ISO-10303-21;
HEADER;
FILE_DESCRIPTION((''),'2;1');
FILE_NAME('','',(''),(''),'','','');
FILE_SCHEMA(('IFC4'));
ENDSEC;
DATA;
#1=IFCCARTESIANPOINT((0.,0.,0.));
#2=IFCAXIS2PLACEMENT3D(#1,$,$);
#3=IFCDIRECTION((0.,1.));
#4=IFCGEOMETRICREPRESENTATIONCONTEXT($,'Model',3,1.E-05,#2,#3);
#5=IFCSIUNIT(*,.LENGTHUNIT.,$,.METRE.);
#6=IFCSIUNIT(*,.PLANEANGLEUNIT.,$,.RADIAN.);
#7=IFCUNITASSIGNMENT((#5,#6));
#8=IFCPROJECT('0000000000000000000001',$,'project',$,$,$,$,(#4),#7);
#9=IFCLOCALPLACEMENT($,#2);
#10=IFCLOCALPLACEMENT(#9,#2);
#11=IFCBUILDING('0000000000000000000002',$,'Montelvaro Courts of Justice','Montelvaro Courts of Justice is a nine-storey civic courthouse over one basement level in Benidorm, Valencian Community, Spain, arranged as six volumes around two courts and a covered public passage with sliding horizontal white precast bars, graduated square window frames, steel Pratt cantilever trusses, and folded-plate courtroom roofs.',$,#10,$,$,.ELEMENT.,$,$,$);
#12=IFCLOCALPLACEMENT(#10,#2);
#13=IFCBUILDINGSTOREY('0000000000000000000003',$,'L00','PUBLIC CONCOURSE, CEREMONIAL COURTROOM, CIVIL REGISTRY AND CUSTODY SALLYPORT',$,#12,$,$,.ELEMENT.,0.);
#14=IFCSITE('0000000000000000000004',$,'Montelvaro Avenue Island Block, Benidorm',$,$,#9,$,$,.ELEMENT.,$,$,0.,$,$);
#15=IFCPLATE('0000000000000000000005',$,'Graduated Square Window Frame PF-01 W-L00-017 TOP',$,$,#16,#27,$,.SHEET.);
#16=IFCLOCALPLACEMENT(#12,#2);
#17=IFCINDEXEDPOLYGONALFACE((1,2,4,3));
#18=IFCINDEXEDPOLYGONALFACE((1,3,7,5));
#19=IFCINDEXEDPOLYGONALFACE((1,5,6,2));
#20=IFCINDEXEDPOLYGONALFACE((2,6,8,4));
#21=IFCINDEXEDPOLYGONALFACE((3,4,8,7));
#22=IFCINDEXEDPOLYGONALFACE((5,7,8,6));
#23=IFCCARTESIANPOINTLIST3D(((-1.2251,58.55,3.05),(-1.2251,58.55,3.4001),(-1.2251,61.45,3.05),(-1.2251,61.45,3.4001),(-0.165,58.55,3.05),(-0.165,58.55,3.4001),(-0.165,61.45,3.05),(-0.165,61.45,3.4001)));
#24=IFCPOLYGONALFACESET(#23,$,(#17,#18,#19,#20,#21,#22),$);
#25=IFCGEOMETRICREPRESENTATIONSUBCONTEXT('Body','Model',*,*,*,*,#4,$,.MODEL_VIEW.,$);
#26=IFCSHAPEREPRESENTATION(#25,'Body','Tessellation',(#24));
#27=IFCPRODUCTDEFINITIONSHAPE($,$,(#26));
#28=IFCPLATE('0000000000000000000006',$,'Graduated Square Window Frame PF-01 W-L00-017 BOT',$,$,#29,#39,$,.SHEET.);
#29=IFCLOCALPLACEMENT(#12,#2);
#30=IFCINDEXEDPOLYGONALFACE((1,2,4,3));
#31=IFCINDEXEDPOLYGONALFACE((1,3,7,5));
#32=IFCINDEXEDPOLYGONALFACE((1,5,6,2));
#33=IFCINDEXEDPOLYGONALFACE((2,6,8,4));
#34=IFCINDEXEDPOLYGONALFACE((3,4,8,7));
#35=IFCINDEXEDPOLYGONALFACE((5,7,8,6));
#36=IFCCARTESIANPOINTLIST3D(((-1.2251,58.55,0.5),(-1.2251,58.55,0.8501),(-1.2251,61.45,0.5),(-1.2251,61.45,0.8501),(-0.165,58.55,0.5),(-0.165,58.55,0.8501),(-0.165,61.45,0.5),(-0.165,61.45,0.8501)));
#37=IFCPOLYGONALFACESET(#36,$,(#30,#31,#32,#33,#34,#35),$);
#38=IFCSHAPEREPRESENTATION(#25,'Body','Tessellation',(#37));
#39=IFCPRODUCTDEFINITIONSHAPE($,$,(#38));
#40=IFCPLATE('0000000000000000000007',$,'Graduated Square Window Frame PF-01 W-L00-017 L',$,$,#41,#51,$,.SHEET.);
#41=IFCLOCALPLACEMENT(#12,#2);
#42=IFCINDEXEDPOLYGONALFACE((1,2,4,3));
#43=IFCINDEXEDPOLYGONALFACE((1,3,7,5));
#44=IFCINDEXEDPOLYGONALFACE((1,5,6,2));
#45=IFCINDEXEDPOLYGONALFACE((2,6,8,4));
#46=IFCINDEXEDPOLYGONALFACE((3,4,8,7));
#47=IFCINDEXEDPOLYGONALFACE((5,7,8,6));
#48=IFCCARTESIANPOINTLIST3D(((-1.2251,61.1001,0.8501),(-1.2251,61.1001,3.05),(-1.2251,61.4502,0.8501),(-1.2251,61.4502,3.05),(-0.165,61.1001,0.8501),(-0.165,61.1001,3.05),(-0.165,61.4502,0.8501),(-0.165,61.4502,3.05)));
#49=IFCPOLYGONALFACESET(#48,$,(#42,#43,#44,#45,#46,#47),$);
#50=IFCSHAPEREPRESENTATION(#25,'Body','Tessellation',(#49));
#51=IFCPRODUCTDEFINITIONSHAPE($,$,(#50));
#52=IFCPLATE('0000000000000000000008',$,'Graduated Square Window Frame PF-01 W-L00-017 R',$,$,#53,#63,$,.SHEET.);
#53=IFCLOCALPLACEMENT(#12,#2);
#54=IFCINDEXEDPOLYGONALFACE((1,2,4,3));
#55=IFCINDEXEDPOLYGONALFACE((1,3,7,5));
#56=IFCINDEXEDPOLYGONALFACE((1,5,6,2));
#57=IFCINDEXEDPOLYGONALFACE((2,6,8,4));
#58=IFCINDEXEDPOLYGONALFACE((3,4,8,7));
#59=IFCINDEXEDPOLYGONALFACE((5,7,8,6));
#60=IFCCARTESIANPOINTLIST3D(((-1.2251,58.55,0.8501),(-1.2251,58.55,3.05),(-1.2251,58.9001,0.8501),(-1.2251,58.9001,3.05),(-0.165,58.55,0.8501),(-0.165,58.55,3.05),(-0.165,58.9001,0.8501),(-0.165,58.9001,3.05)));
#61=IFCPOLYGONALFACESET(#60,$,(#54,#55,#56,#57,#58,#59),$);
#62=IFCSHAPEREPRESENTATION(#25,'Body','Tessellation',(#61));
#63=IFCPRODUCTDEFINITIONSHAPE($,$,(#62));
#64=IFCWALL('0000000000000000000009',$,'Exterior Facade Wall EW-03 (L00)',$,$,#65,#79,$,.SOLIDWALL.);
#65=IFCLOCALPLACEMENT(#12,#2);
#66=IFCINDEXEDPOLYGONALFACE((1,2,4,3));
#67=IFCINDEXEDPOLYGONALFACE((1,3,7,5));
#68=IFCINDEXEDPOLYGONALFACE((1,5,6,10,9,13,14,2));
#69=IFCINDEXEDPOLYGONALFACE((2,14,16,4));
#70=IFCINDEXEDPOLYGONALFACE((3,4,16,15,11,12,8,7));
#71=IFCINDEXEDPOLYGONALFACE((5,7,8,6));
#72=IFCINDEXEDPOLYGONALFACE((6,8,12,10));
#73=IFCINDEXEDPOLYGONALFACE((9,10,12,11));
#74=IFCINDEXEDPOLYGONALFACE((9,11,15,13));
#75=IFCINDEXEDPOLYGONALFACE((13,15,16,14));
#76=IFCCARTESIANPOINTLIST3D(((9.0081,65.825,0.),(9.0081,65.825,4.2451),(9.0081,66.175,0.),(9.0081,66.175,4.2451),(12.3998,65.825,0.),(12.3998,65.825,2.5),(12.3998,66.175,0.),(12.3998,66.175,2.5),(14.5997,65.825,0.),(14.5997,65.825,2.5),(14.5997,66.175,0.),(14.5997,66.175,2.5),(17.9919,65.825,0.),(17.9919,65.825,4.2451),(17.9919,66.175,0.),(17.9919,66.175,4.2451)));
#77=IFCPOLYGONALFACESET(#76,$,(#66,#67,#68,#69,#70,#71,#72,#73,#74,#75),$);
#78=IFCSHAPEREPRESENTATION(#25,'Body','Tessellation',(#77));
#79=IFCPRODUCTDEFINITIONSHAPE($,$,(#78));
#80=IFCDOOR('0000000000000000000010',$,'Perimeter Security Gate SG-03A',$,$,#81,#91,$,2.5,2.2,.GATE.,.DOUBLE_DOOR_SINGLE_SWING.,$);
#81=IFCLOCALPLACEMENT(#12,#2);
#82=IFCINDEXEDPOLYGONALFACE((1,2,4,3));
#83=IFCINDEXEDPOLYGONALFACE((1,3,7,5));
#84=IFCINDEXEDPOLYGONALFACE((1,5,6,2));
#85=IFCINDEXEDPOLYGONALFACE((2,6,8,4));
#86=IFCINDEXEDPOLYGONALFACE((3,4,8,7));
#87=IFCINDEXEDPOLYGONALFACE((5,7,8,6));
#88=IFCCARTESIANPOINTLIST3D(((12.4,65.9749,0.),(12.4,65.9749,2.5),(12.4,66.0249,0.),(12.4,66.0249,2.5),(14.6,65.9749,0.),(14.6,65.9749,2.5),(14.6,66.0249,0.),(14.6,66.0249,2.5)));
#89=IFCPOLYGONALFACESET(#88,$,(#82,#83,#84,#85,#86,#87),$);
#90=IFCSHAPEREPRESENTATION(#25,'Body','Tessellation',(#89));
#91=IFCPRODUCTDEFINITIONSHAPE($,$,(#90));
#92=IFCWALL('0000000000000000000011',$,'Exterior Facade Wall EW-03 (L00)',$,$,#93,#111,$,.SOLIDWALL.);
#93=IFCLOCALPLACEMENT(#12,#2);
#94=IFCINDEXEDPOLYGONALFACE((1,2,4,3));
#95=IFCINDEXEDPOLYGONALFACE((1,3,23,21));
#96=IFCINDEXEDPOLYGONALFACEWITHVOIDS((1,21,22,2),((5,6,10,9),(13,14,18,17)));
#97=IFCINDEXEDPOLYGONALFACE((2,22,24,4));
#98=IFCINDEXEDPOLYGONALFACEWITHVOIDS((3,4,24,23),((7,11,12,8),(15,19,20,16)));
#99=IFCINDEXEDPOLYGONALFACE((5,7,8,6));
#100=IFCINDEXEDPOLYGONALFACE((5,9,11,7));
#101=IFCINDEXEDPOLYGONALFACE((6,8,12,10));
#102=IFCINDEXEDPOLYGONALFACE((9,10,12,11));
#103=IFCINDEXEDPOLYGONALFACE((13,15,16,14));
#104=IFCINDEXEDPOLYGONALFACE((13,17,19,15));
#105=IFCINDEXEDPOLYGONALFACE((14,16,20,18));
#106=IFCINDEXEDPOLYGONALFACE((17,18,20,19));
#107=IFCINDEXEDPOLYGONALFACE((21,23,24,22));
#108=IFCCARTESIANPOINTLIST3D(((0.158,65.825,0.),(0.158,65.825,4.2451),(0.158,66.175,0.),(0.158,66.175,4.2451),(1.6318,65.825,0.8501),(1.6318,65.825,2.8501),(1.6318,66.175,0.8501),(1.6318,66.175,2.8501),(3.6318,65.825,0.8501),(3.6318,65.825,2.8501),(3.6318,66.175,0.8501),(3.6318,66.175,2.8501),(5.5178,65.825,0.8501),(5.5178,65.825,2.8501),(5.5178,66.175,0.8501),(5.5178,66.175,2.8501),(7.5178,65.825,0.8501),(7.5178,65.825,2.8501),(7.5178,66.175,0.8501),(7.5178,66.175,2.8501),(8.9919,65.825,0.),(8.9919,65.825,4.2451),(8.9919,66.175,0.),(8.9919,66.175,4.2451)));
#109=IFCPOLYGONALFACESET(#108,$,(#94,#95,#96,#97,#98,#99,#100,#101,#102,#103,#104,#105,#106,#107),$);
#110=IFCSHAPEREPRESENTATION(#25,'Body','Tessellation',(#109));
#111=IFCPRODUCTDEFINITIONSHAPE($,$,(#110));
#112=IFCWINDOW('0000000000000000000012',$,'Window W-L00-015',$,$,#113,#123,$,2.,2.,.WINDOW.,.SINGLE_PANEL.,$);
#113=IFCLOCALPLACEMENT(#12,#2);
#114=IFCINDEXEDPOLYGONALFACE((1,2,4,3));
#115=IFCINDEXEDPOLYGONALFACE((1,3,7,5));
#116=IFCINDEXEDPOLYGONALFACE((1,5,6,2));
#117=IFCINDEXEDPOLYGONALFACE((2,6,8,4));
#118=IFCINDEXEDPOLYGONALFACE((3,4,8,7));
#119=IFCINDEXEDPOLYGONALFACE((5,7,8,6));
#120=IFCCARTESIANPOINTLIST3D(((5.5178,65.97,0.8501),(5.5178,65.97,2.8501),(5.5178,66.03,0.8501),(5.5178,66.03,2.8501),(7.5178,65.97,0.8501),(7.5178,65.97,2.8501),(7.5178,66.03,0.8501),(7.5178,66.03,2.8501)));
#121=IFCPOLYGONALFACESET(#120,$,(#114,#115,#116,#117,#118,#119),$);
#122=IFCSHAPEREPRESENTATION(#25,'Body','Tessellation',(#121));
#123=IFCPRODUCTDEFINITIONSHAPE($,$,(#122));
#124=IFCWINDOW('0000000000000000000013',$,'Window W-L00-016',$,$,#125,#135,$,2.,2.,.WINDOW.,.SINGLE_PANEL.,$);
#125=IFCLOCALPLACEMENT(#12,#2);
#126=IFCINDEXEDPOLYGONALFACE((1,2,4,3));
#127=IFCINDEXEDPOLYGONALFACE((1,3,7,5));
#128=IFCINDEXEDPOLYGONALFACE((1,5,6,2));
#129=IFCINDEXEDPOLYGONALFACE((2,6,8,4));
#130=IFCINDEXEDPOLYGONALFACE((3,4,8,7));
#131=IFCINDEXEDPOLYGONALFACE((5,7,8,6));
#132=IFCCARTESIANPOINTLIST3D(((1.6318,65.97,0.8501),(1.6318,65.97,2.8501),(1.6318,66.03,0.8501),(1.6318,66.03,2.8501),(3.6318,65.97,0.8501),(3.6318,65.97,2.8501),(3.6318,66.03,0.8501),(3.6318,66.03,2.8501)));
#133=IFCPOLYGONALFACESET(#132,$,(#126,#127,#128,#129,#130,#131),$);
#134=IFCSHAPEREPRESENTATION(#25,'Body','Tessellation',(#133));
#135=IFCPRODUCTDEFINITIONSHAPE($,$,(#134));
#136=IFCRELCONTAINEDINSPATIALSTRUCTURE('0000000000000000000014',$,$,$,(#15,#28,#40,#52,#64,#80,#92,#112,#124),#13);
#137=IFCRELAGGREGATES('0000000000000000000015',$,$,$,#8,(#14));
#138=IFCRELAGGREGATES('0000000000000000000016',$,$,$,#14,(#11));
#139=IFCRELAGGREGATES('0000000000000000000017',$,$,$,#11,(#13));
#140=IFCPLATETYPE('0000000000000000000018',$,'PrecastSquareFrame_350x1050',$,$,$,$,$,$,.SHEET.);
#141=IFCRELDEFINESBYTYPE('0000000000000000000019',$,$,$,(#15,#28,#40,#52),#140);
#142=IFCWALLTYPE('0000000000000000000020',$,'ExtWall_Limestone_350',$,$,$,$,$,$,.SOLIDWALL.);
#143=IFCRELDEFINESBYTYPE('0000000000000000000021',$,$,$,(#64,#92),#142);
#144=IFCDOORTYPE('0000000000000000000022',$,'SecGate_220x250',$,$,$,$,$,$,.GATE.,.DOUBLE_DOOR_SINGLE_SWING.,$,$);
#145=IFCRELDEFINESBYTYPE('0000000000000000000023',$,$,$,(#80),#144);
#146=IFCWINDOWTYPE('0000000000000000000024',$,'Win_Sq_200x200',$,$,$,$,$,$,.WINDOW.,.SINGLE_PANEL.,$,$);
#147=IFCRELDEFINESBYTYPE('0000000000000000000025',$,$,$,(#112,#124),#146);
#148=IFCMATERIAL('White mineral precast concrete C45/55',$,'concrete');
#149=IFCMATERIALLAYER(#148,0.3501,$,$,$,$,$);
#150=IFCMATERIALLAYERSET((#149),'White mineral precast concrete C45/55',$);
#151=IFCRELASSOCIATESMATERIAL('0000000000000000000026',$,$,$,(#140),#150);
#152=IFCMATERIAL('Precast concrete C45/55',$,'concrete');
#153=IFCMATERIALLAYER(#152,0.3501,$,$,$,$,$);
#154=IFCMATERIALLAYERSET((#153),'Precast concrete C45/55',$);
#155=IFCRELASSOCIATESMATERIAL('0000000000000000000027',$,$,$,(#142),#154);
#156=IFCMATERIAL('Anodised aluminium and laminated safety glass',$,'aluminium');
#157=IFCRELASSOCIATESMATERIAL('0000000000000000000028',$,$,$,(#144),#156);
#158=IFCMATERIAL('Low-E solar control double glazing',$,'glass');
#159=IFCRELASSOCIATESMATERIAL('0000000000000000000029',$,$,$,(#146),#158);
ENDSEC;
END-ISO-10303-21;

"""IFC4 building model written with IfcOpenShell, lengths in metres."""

from ifc_helpers import new_model, si_unit, direction, frame, frame_2d, origin, origin_2d, place, context, subcontext, project, spatial, rectangle, extrude, material, layer, layer_set, type_object, element, fill, save


model = new_model("IFC4")

# Units and contexts
model_context = context("Model", 3, precision=1e-05, world=origin(), true_north=direction((0.0, 1.0)))
body_context = subcontext(model_context, "Body", "Model", "MODEL_VIEW")
ifc_project = project(units=[si_unit("LENGTHUNIT", "METRE"), si_unit("PLANEANGLEUNIT", "RADIAN")], contexts=[model_context])

# Site, building, storey
site_placement = place(None, origin())
site = spatial("IfcSite", under=ifc_project, at=site_placement, Name="Montelvaro Avenue Island Block, Benidorm", CompositionType="ELEMENT", RefElevation=0.0)
building_placement = place(site_placement, origin())
building = spatial("IfcBuilding", under=site, at=building_placement, Name="Montelvaro Courts of Justice", Description="Montelvaro Courts of Justice is a nine-storey civic courthouse over one basement level in Benidorm, Valencian Community, Spain, arranged as six volumes around two courts and a covered public passage with sliding horizontal white precast bars, graduated square window frames, steel Pratt cantilever trusses, and folded-plate courtroom roofs.", CompositionType="ELEMENT")
storey_placement = place(building_placement, origin())
storey = spatial("IfcBuildingStorey", under=building, at=storey_placement, Name="L00", Description="PUBLIC CONCOURSE, CEREMONIAL COURTROOM, CIVIL REGISTRY AND CUSTODY SALLYPORT", CompositionType="ELEMENT", Elevation=0.0)

# Plates
ifc_material_1 = material(Name="White mineral precast concrete C45/55", Category="concrete")
ifc_layer_1 = layer(ifc_material_1, 0.3501)
ifc_layer_set_1 = layer_set([ifc_layer_1], Name="White mineral precast concrete C45/55")
plate_type_1 = type_object("IfcPlateType", Name="PrecastSquareFrame_350x1050", PredefinedType="SHEET", material=ifc_layer_set_1)
for number, where, z_axis, x_axis, name in (
    (1, (-0.6951, 60.0, 3.05), (0.0, 0.0, 1.0), (0.0, -1.0, 0.0), "Graduated Square Window Frame PF-01 W-L00-017 TOP"),
    (2, (-0.6951, 60.0, 0.5), (0.0, 0.0, 1.0), (0.0, -1.0, 0.0), "Graduated Square Window Frame PF-01 W-L00-017 BOT"),
):
    element("IfcPlate", number, at=place(storey_placement, frame(where, z_axis=z_axis, x_axis=x_axis)), inside=storey, type_object=plate_type_1, Name=name, PredefinedType="SHEET", context=body_context, shape_type="SweptSolid", body=[
        extrude(rectangle(XDim=2.8999, YDim=1.0601, at=origin_2d()), origin(), (0.0, 0.0, 1.0), 0.3501),
    ])
for number, where, z_axis, x_axis, name in (
    (3, (-0.6951, 61.2751, 0.8501), (0.0, 0.0, 1.0), (0.0, -1.0, 0.0), "Graduated Square Window Frame PF-01 W-L00-017 L"),
    (4, (-0.6951, 58.7251, 0.8501), (0.0, 0.0, 1.0), (0.0, -1.0, 0.0), "Graduated Square Window Frame PF-01 W-L00-017 R"),
):
    element("IfcPlate", number, at=place(storey_placement, frame(where, z_axis=z_axis, x_axis=x_axis)), inside=storey, type_object=plate_type_1, Name=name, PredefinedType="SHEET", context=body_context, shape_type="SweptSolid", body=[
        extrude(rectangle(XDim=0.3501, YDim=1.0601, at=origin_2d()), origin(), (0.0, 0.0, 1.0), 2.2),
    ])

# Wall, opening, door
ifc_material_2 = material(Name="Precast concrete C45/55", Category="concrete")
ifc_layer_2 = layer(ifc_material_2, 0.3501)
ifc_layer_set_2 = layer_set([ifc_layer_2], Name="Precast concrete C45/55")
wall_type = type_object("IfcWallType", Name="ExtWall_Limestone_350", PredefinedType="SOLIDWALL", material=ifc_layer_set_2)
wall_1_placement = place(storey_placement, frame((17.9919, 66.0, 0.0), z_axis=(0.0, 0.0, 1.0), x_axis=(-1.0, 0.0, 0.0)))
wall_1 = element("IfcWall", 5, at=wall_1_placement, inside=storey, type_object=wall_type, Name="Exterior Facade Wall EW-03 (L00)", PredefinedType="SOLIDWALL", context=body_context, shape_type="SweptSolid", body=[
    extrude(rectangle(XDim=8.9839, YDim=0.3501, at=frame_2d((4.4919, 0.0))), origin(), (0.0, 0.0, 1.0), 4.2451),
])
opening_1_placement = place(wall_1_placement, frame((3.3921, 0.0, 0.0)))
opening_1 = element("IfcOpeningElement", 6, at=opening_1_placement, cuts=wall_1, PredefinedType="OPENING", context=body_context, shape_type="SweptSolid", body=[
    extrude(rectangle(XDim=2.2, YDim=2.5, at=frame_2d((1.1001, 1.25))), frame((0.0, 0.1899, 0.0), z_axis=(0.0, -1.0, 0.0), x_axis=(1.0, 0.0, 0.0)), (0.0, 0.0, 1.0), 0.3799),
])
ifc_material_3 = material(Name="Anodised aluminium and laminated safety glass", Category="aluminium")
door_type = type_object("IfcDoorType", Name="SecGate_220x250", OperationType="DOUBLE_DOOR_SINGLE_SWING", PredefinedType="GATE", material=ifc_material_3)
door_placement = place(opening_1_placement, frame((2.2, 0.0, 0.0), z_axis=(0.0, 0.0, 1.0), x_axis=(-1.0, 0.0, 0.0)))
door = element("IfcDoor", 7, at=door_placement, inside=storey, type_object=door_type, Name="Perimeter Security Gate SG-03A", OperationType="DOUBLE_DOOR_SINGLE_SWING", OverallHeight=2.5, OverallWidth=2.2, PredefinedType="GATE", context=body_context, shape_type="SweptSolid", body=[
    extrude(rectangle(XDim=2.2, YDim=2.5, at=frame_2d((1.1001, 1.25))), frame((0.0, 0.0249, 0.0), z_axis=(0.0, -1.0, 0.0), x_axis=(1.0, 0.0, 0.0)), (0.0, 0.0, 1.0), 0.05),
])
fill(opening_1, door)

# Wall, openings, windows
wall_2_placement = place(storey_placement, frame((8.9919, 66.0, 0.0), z_axis=(0.0, 0.0, 1.0), x_axis=(-1.0, 0.0, 0.0)))
wall_2 = element("IfcWall", 8, at=wall_2_placement, inside=storey, type_object=wall_type, Name="Exterior Facade Wall EW-03 (L00)", PredefinedType="SOLIDWALL", context=body_context, shape_type="SweptSolid", body=[
    extrude(rectangle(XDim=8.834, YDim=0.3501, at=frame_2d((4.417, 0.0))), origin(), (0.0, 0.0, 1.0), 4.2451),
])
opening_2_placement = place(wall_2_placement, frame((1.4741, 0.0, 0.8501)))
opening_2 = element("IfcOpeningElement", 9, at=opening_2_placement, cuts=wall_2, PredefinedType="OPENING", context=body_context, shape_type="SweptSolid", body=[
    extrude(rectangle(XDim=2.0, YDim=2.0, at=frame_2d((1.0, 1.0))), frame((0.0, 0.1899, 0.0), z_axis=(0.0, -1.0, 0.0), x_axis=(1.0, 0.0, 0.0)), (0.0, 0.0, 1.0), 0.3799),
])
opening_3_placement = place(wall_2_placement, frame((5.3601, 0.0, 0.8501)))
opening_3 = element("IfcOpeningElement", 10, at=opening_3_placement, cuts=wall_2, PredefinedType="OPENING", context=body_context, shape_type="SweptSolid", body=[
    extrude(rectangle(XDim=2.0, YDim=2.0, at=frame_2d((1.0, 1.0))), frame((0.0, 0.1899, 0.0), z_axis=(0.0, -1.0, 0.0), x_axis=(1.0, 0.0, 0.0)), (0.0, 0.0, 1.0), 0.3799),
])
ifc_material_4 = material(Name="Low-E solar control double glazing", Category="glass")
window_type_1 = type_object("IfcWindowType", Name="Win_Sq_200x200", PartitioningType="SINGLE_PANEL", PredefinedType="WINDOW", material=ifc_material_4)
window_1_placement = place(opening_2_placement, origin())
window_1 = element("IfcWindow", 11, at=window_1_placement, inside=storey, type_object=window_type_1, Name="Window W-L00-015", OverallHeight=2.0, OverallWidth=2.0, PartitioningType="SINGLE_PANEL", PredefinedType="WINDOW", context=body_context, shape_type="SweptSolid", body=[
    extrude(rectangle(XDim=2.0, YDim=2.0, at=frame_2d((1.0, 1.0))), frame((0.0, 0.03, 0.0), z_axis=(0.0, -1.0, 0.0), x_axis=(1.0, 0.0, 0.0)), (0.0, 0.0, 1.0), 0.0601),
])
fill(opening_2, window_1)
window_2_placement = place(opening_3_placement, origin())
window_2 = element("IfcWindow", 12, at=window_2_placement, inside=storey, type_object=window_type_1, Name="Window W-L00-016", OverallHeight=2.0, OverallWidth=2.0, PartitioningType="SINGLE_PANEL", PredefinedType="WINDOW", context=body_context, shape_type="SweptSolid", body=[
    extrude(rectangle(XDim=2.0, YDim=2.0, at=frame_2d((1.0, 1.0))), frame((0.0, 0.03, 0.0), z_axis=(0.0, -1.0, 0.0), x_axis=(1.0, 0.0, 0.0)), (0.0, 0.0, 1.0), 0.0601),
])
fill(opening_3, window_2)

save(model, "model.ifc")
